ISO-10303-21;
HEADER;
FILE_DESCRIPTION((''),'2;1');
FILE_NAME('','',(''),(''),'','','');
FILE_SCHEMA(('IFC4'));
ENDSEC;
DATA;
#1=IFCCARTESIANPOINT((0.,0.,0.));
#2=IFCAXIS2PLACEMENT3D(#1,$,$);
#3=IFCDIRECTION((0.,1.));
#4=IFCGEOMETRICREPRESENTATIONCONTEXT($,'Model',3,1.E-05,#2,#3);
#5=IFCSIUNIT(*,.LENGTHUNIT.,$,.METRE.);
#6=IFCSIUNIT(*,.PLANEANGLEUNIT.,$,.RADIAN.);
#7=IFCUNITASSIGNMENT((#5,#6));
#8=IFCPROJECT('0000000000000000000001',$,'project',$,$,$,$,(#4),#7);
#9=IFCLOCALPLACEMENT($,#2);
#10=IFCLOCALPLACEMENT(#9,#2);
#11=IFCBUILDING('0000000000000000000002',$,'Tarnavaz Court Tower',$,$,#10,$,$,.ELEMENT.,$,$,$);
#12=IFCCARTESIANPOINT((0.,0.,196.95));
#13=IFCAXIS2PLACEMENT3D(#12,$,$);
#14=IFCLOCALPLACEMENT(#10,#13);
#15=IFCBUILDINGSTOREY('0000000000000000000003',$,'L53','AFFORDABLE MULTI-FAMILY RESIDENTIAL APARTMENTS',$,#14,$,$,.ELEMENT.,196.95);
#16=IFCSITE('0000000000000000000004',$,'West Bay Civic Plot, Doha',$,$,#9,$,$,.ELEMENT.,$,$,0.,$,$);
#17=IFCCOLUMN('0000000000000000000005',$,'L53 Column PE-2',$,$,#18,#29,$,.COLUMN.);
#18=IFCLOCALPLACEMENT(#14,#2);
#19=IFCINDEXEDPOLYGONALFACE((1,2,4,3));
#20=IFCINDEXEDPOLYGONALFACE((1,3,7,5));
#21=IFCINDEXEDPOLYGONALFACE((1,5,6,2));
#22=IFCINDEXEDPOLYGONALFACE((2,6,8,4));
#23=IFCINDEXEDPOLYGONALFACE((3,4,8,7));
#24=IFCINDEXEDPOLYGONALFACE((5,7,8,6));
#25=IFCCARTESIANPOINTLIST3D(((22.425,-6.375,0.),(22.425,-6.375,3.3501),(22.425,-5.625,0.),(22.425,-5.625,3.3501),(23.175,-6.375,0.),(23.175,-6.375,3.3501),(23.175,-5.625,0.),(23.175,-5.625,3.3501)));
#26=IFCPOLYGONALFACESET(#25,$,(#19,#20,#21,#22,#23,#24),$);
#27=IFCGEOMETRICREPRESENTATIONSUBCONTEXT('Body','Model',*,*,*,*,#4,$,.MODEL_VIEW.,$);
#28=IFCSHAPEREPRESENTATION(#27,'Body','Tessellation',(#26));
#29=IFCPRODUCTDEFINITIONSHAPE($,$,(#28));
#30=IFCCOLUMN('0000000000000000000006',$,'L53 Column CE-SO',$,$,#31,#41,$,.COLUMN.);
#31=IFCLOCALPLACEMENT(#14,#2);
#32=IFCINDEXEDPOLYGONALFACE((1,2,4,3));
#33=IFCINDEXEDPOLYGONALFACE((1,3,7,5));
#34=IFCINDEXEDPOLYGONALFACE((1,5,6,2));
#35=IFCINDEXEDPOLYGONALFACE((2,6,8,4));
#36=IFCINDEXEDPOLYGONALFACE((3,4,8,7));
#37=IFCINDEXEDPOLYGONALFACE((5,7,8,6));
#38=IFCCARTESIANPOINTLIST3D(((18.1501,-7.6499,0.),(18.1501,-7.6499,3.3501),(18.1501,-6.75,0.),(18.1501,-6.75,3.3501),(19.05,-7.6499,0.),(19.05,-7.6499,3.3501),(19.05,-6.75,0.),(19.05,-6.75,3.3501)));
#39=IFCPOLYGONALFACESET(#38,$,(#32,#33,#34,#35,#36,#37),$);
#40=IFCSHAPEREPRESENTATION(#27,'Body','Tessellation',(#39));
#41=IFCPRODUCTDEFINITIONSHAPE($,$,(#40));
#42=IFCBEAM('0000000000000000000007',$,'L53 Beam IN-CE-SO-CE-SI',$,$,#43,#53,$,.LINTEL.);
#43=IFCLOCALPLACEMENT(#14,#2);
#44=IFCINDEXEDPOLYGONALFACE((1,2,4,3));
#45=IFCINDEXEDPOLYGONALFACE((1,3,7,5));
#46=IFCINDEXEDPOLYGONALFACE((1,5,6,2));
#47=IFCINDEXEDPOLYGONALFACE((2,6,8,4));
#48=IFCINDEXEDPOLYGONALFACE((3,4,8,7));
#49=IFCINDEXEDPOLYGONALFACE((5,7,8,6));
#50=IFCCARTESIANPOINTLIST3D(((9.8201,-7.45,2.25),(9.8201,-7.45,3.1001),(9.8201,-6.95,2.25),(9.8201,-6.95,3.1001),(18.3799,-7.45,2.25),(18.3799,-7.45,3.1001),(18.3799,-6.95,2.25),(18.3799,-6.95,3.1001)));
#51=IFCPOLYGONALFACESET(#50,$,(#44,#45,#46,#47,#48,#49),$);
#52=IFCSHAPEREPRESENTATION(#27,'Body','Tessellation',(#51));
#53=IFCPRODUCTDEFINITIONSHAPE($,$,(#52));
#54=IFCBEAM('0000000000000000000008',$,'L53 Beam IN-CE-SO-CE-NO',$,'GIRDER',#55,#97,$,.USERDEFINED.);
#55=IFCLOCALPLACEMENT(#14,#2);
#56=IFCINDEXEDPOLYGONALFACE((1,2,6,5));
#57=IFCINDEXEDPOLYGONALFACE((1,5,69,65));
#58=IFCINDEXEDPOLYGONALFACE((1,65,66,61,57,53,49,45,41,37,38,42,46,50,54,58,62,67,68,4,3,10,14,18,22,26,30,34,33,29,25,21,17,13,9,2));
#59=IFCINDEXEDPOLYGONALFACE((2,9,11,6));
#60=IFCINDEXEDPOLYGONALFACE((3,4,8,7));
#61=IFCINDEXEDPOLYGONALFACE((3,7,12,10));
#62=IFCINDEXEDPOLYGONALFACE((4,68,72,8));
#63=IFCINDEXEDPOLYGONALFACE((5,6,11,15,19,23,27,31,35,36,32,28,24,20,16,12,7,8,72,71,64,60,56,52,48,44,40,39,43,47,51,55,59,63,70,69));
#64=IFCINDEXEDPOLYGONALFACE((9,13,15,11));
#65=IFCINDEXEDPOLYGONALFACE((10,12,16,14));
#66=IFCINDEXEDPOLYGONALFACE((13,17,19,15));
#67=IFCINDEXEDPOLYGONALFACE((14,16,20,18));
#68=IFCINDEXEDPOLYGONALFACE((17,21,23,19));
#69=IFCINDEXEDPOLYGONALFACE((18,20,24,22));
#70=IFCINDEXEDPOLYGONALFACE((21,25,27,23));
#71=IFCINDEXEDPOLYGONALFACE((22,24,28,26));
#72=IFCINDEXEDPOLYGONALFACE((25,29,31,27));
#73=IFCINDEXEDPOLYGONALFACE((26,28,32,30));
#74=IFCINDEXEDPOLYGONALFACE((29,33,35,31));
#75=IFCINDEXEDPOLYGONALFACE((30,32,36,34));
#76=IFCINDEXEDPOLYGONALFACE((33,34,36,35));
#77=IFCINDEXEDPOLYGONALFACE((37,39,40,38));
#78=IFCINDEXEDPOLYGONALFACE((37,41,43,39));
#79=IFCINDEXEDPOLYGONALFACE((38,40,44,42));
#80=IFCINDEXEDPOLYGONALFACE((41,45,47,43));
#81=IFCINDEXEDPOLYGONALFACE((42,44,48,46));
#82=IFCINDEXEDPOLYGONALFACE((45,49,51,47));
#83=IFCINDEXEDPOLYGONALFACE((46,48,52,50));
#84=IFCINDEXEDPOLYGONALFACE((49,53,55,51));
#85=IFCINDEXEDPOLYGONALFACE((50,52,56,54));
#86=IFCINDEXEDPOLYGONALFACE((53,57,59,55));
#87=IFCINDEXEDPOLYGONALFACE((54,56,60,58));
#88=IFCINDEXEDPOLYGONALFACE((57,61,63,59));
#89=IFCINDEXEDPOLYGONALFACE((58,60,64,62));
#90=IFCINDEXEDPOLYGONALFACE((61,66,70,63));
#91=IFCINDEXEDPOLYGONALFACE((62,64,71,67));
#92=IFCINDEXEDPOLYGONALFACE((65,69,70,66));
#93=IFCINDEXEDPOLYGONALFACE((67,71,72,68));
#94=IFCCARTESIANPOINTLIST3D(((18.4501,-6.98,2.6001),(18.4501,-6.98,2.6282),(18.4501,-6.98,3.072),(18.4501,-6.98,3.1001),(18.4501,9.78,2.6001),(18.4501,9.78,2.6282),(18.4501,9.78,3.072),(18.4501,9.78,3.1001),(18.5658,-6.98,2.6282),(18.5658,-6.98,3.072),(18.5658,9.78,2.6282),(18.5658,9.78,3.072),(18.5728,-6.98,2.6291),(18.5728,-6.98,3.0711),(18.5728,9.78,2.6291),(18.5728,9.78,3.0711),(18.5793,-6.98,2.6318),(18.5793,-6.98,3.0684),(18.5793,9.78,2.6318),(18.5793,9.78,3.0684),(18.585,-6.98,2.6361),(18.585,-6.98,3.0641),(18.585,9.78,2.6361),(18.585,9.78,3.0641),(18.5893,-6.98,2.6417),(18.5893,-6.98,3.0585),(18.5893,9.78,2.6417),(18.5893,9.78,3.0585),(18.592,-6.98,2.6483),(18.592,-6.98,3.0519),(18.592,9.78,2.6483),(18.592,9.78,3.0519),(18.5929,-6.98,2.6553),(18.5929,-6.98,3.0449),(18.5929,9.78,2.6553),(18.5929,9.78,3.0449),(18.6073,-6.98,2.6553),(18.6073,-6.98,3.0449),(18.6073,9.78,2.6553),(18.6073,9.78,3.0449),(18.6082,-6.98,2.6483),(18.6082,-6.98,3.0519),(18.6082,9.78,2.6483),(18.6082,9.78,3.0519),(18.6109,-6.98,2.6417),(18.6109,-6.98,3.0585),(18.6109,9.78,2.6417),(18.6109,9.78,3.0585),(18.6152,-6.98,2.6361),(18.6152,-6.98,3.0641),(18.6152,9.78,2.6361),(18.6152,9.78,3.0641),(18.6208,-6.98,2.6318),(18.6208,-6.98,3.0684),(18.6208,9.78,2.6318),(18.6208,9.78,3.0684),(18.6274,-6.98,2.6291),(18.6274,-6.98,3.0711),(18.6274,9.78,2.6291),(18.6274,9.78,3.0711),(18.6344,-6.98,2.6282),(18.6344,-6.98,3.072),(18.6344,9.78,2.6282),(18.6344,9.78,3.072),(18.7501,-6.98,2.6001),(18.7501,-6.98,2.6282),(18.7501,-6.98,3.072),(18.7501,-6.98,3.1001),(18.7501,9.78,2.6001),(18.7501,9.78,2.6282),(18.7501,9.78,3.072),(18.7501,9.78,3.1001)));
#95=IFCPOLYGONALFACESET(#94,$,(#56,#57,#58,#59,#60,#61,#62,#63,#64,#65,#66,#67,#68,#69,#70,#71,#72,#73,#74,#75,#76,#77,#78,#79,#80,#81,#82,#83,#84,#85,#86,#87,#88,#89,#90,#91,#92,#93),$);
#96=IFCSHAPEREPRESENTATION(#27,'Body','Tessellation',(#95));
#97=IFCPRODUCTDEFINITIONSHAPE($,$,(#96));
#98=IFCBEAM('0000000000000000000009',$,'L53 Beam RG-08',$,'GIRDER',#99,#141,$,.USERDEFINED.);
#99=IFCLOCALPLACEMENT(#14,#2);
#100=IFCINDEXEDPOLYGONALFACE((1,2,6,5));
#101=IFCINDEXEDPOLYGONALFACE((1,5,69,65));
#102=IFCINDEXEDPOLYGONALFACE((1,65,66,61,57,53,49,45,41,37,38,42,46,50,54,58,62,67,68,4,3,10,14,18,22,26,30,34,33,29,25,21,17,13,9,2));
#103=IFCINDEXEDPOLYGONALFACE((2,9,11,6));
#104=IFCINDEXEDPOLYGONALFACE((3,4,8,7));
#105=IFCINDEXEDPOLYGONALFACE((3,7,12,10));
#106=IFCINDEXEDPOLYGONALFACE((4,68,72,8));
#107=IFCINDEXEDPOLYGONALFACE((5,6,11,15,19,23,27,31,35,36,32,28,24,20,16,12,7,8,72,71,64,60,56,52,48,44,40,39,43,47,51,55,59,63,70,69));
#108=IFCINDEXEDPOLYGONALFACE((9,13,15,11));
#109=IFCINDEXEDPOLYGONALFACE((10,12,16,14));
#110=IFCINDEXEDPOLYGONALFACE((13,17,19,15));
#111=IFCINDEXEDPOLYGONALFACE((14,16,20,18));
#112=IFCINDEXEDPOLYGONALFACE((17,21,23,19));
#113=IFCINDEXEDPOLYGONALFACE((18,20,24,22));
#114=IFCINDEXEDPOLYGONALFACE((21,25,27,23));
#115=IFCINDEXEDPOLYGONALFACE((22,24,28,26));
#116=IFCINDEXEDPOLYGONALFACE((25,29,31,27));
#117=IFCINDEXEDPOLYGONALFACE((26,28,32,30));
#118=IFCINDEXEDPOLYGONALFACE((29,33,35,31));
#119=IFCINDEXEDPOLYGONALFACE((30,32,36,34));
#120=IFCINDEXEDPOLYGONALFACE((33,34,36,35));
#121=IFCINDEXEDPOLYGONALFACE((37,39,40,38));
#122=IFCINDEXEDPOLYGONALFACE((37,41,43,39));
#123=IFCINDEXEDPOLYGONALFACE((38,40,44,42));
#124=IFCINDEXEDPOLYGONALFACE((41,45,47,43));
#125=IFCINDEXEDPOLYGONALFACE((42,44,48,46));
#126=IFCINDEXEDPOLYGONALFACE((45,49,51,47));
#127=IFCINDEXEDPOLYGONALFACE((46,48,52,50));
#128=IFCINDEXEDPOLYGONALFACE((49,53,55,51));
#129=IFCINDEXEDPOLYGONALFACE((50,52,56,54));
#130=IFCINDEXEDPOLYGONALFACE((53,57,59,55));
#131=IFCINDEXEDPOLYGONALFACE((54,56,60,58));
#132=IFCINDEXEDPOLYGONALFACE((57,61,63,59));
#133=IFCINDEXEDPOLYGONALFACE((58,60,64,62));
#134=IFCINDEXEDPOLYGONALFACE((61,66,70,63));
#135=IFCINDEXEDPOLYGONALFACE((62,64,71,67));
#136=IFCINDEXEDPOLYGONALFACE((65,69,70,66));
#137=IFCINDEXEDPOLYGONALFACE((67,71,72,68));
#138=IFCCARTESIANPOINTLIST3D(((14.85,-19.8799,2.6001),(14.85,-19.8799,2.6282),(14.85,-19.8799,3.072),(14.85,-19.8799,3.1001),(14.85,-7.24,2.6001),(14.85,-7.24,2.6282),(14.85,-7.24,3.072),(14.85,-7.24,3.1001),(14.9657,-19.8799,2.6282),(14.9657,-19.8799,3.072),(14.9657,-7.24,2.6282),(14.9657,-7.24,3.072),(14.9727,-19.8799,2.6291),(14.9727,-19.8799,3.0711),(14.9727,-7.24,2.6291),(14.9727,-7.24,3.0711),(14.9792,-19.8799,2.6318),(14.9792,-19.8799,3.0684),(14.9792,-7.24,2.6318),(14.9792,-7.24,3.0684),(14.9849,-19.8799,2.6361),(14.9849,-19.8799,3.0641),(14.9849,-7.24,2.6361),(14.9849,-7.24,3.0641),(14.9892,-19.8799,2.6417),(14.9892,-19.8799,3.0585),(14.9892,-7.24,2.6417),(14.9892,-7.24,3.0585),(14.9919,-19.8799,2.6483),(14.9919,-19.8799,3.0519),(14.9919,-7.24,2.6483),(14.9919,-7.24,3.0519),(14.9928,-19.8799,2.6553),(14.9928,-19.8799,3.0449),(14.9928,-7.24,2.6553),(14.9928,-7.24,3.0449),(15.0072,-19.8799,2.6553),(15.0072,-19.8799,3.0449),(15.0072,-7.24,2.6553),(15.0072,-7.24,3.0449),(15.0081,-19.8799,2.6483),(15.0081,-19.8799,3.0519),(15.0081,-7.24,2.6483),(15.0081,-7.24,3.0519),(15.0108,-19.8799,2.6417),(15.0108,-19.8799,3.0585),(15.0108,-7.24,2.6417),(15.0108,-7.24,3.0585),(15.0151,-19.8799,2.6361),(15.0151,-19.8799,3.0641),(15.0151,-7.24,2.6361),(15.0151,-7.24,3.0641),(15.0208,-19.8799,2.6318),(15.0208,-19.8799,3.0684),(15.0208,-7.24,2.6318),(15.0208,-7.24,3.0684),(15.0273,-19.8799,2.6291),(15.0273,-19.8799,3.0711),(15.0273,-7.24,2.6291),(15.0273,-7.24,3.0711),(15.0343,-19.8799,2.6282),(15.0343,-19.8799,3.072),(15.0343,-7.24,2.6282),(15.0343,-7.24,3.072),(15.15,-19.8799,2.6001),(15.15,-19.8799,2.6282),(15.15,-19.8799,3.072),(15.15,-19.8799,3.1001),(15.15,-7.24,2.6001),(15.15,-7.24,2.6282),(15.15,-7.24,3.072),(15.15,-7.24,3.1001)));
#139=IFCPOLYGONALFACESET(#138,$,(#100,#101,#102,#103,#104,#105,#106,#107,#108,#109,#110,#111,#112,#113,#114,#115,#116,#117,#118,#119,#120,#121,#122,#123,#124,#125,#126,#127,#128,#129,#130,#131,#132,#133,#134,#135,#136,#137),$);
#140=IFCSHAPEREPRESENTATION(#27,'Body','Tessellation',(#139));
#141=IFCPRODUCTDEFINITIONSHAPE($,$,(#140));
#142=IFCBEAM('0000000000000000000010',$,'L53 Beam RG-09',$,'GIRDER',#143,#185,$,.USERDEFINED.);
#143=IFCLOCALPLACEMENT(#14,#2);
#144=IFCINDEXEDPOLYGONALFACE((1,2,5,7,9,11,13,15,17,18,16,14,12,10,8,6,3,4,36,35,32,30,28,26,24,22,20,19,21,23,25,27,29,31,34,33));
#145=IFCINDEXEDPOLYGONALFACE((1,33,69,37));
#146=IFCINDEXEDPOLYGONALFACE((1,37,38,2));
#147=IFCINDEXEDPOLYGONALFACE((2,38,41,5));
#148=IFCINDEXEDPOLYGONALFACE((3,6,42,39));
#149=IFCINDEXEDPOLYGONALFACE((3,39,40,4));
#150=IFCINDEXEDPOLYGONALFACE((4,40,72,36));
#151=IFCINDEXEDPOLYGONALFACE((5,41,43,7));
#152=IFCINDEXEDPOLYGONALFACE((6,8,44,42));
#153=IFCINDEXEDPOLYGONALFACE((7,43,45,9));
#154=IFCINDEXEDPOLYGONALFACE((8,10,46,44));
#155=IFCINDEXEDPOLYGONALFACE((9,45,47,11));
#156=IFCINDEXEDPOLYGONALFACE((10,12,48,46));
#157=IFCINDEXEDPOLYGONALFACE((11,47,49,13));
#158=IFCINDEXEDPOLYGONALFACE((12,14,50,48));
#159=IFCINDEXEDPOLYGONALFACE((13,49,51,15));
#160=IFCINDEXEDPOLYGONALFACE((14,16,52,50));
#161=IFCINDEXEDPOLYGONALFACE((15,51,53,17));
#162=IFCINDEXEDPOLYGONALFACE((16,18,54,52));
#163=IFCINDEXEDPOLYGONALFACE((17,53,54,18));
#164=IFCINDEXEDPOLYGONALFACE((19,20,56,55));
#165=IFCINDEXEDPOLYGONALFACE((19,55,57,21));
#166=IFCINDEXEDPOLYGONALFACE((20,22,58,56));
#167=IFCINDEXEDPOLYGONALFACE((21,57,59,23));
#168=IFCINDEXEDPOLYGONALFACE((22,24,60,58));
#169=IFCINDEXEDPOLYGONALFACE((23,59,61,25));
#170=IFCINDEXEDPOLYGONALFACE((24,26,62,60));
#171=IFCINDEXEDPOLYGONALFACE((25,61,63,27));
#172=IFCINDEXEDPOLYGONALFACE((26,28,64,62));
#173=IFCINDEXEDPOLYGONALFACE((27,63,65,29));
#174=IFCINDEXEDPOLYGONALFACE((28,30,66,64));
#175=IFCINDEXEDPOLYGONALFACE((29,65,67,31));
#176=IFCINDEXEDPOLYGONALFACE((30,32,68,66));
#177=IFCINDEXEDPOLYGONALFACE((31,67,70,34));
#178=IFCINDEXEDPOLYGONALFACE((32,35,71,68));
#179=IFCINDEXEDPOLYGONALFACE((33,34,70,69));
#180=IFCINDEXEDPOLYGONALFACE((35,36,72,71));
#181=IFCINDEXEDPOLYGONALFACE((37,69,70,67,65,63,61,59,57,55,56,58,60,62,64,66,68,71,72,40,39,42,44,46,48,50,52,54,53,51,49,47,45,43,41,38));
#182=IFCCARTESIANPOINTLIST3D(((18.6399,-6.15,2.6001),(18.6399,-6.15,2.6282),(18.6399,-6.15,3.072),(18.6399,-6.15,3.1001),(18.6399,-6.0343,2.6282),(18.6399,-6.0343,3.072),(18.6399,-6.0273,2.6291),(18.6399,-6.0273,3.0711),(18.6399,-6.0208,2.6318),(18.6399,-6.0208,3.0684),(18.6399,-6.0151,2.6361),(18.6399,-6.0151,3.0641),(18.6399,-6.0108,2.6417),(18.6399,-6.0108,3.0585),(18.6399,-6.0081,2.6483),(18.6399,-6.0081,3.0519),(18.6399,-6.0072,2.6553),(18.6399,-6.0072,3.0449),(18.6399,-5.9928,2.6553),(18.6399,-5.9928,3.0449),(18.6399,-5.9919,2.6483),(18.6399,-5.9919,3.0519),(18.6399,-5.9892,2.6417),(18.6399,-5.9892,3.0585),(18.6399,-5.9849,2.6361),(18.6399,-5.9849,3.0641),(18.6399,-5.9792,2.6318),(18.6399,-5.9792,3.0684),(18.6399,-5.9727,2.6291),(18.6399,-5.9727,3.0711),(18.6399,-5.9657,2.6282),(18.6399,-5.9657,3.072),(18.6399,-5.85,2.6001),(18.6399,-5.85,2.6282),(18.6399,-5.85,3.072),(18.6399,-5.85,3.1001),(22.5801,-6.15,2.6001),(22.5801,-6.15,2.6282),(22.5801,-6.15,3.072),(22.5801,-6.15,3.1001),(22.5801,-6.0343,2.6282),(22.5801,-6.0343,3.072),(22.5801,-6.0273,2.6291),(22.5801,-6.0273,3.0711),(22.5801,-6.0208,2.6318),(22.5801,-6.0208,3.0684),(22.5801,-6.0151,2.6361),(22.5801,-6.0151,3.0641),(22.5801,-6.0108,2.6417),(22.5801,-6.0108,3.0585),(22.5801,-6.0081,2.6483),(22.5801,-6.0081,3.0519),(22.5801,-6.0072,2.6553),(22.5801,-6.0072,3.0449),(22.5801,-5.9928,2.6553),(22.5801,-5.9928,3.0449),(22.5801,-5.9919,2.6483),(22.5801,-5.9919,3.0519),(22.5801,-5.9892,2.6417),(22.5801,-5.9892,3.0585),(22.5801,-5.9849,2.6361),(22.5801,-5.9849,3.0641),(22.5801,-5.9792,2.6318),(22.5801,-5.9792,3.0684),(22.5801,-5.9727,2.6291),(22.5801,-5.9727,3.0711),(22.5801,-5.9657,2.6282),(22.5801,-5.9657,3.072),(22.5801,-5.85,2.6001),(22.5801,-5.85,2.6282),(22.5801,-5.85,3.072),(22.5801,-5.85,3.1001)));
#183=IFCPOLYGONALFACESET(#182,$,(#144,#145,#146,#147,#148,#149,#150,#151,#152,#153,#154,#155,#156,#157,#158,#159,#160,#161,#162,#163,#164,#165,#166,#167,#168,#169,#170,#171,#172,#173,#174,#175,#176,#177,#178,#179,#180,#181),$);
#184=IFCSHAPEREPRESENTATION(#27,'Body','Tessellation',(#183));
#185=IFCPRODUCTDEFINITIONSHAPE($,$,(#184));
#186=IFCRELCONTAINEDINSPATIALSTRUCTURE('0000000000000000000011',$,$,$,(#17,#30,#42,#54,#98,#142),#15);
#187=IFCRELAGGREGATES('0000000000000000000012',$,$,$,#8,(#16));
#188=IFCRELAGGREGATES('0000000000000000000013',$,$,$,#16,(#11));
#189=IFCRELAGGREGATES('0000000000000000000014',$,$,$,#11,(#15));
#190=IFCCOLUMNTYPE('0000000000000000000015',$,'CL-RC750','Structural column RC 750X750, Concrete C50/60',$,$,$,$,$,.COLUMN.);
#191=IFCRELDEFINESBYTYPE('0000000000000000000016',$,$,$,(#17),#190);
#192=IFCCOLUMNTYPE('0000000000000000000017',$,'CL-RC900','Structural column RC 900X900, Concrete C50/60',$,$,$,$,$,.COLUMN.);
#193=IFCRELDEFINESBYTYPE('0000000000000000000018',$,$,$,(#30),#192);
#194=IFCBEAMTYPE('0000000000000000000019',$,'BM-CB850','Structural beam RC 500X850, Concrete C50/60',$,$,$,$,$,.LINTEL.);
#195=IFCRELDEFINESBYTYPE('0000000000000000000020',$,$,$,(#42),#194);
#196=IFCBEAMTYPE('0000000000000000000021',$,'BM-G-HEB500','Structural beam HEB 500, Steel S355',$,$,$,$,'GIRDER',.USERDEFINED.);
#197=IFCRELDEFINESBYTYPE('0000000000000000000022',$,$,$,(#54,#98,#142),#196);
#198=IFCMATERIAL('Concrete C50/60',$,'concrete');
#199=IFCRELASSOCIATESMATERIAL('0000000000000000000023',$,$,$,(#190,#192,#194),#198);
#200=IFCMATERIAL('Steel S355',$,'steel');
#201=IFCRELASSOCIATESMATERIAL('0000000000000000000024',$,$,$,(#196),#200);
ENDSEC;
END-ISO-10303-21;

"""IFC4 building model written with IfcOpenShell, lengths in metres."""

from ifc_helpers import new_model, si_unit, direction, frame, origin, origin_2d, place, context, subcontext, project, spatial, rectangle, i_section, extrude, material, material_profile, profile_set, type_object, element, save


model = new_model("IFC4")

# Units and contexts
model_context = context("Model", 3, precision=1e-05, world=origin(), true_north=direction((0.0, 1.0)))
body_context = subcontext(model_context, "Body", "Model", "MODEL_VIEW")
ifc_project = project(units=[si_unit("LENGTHUNIT", "METRE"), si_unit("PLANEANGLEUNIT", "RADIAN")], contexts=[model_context])

# Site, building, storey
site_placement = place(None, origin())
site = spatial("IfcSite", under=ifc_project, at=site_placement, Name="West Bay Civic Plot, Doha", CompositionType="ELEMENT", RefElevation=0.0)
building_placement = place(site_placement, origin())
building = spatial("IfcBuilding", under=site, at=building_placement, Name="Tarnavaz Court Tower", CompositionType="ELEMENT")
storey_placement = place(building_placement, frame((0.0, 0.0, 196.95)))
storey = spatial("IfcBuildingStorey", under=building, at=storey_placement, Name="L53", Description="AFFORDABLE MULTI-FAMILY RESIDENTIAL APARTMENTS", CompositionType="ELEMENT", Elevation=196.95)

# Columns
ifc_material_1 = material(Name="Concrete C50/60", Category="concrete")
ifc_material_profile_1 = material_profile(ifc_material_1, rectangle(XDim=0.75, YDim=0.75, at=origin_2d()), Name="RC 750X750")
ifc_profile_set_1 = profile_set([ifc_material_profile_1], Name="Concrete C50/60")
column_type_1 = type_object("IfcColumnType", Name="CL-RC750", Description="Structural column RC 750X750, Concrete C50/60", PredefinedType="COLUMN", material=ifc_profile_set_1)
column_1_placement = place(storey_placement, frame((22.8, -6.0, 0.0), z_axis=(0.0, 0.0, 1.0), x_axis=(1.0, 0.0, 0.0)))
element("IfcColumn", 1, at=column_1_placement, inside=storey, type_object=column_type_1, Name="L53 Column PE-2", PredefinedType="COLUMN", context=body_context, shape_type="SweptSolid", body=[
    extrude(rectangle(XDim=0.75, YDim=0.75, at=origin_2d()), origin(), (0.0, 0.0, 1.0), 3.3501),
])
ifc_material_profile_2 = material_profile(ifc_material_1, rectangle(XDim=0.8999, YDim=0.8999, at=origin_2d()), Name="RC 900X900")
ifc_profile_set_2 = profile_set([ifc_material_profile_2], Name="Concrete C50/60")
column_type_2 = type_object("IfcColumnType", Name="CL-RC900", Description="Structural column RC 900X900, Concrete C50/60", PredefinedType="COLUMN", material=ifc_profile_set_2)
column_2_placement = place(storey_placement, frame((18.6001, -7.2, 0.0), z_axis=(0.0, 0.0, 1.0), x_axis=(1.0, 0.0, 0.0)))
element("IfcColumn", 2, at=column_2_placement, inside=storey, type_object=column_type_2, Name="L53 Column CE-SO", PredefinedType="COLUMN", context=body_context, shape_type="SweptSolid", body=[
    extrude(rectangle(XDim=0.8999, YDim=0.8999, at=origin_2d()), origin(), (0.0, 0.0, 1.0), 3.3501),
])

# Beams
ifc_material_profile_3 = material_profile(ifc_material_1, rectangle(XDim=0.5, YDim=0.8501, at=origin_2d()), Name="RC 500X850")
ifc_profile_set_3 = profile_set([ifc_material_profile_3], Name="Concrete C50/60")
beam_type_1 = type_object("IfcBeamType", Name="BM-CB850", Description="Structural beam RC 500X850, Concrete C50/60", PredefinedType="LINTEL", material=ifc_profile_set_3)
beam_1_placement = place(storey_placement, frame((18.3799, -7.2, 2.675), z_axis=(-1.0, 0.0, 0.0), x_axis=(0.0, -1.0, 0.0)))
element("IfcBeam", 3, at=beam_1_placement, inside=storey, type_object=beam_type_1, Name="L53 Beam IN-CE-SO-CE-SI", PredefinedType="LINTEL", context=body_context, shape_type="SweptSolid", body=[
    extrude(rectangle(XDim=0.5, YDim=0.8501, at=origin_2d()), origin(), (0.0, 0.0, 1.0), 8.5598),
])
ifc_material_2 = material(Name="Steel S355", Category="steel")
ifc_material_profile_4 = material_profile(ifc_material_2, i_section(OverallWidth=0.3, OverallDepth=0.5, WebThickness=0.0144, FlangeThickness=0.0281, FilletRadius=0.0271, at=origin_2d()), Name="HEB 500")
ifc_profile_set_4 = profile_set([ifc_material_profile_4], Name="Steel S355")
beam_type_2 = type_object("IfcBeamType", Name="BM-G-HEB500", Description="Structural beam HEB 500, Steel S355", ElementType="GIRDER", PredefinedType="USERDEFINED", material=ifc_profile_set_4)
beam_2_placement = place(storey_placement, frame((18.6001, -6.98, 2.8501), z_axis=(0.0, 1.0, 0.0), x_axis=(-1.0, 0.0, 0.0)))
element("IfcBeam", 4, at=beam_2_placement, inside=storey, type_object=beam_type_2, Name="L53 Beam IN-CE-SO-CE-NO", ObjectType="GIRDER", PredefinedType="USERDEFINED", context=body_context, shape_type="SweptSolid", body=[
    extrude(i_section(OverallWidth=0.3, OverallDepth=0.5, WebThickness=0.0144, FlangeThickness=0.0281, FilletRadius=0.0271, at=origin_2d()), origin(), (0.0, 0.0, 1.0), 16.76),
])
beam_3_placement = place(storey_placement, frame((15.0, -7.24, 2.8501), z_axis=(0.0, -1.0, 0.0), x_axis=(1.0, 0.0, 0.0)))
element("IfcBeam", 5, at=beam_3_placement, inside=storey, type_object=beam_type_2, Name="L53 Beam RG-08", ObjectType="GIRDER", PredefinedType="USERDEFINED", context=body_context, shape_type="SweptSolid", body=[
    extrude(i_section(OverallWidth=0.3, OverallDepth=0.5, WebThickness=0.0144, FlangeThickness=0.0281, FilletRadius=0.0271, at=origin_2d()), origin(), (0.0, 0.0, 1.0), 12.6399),
])
beam_4_placement = place(storey_placement, frame((18.6399, -6.0, 2.8501), z_axis=(1.0, 0.0, 0.0), x_axis=(0.0, 1.0, 0.0)))
element("IfcBeam", 6, at=beam_4_placement, inside=storey, type_object=beam_type_2, Name="L53 Beam RG-09", ObjectType="GIRDER", PredefinedType="USERDEFINED", context=body_context, shape_type="SweptSolid", body=[
    extrude(i_section(OverallWidth=0.3, OverallDepth=0.5, WebThickness=0.0144, FlangeThickness=0.0281, FilletRadius=0.0271, at=origin_2d()), origin(), (0.0, 0.0, 1.0), 3.9402),
])

save(model, "model.ifc")
